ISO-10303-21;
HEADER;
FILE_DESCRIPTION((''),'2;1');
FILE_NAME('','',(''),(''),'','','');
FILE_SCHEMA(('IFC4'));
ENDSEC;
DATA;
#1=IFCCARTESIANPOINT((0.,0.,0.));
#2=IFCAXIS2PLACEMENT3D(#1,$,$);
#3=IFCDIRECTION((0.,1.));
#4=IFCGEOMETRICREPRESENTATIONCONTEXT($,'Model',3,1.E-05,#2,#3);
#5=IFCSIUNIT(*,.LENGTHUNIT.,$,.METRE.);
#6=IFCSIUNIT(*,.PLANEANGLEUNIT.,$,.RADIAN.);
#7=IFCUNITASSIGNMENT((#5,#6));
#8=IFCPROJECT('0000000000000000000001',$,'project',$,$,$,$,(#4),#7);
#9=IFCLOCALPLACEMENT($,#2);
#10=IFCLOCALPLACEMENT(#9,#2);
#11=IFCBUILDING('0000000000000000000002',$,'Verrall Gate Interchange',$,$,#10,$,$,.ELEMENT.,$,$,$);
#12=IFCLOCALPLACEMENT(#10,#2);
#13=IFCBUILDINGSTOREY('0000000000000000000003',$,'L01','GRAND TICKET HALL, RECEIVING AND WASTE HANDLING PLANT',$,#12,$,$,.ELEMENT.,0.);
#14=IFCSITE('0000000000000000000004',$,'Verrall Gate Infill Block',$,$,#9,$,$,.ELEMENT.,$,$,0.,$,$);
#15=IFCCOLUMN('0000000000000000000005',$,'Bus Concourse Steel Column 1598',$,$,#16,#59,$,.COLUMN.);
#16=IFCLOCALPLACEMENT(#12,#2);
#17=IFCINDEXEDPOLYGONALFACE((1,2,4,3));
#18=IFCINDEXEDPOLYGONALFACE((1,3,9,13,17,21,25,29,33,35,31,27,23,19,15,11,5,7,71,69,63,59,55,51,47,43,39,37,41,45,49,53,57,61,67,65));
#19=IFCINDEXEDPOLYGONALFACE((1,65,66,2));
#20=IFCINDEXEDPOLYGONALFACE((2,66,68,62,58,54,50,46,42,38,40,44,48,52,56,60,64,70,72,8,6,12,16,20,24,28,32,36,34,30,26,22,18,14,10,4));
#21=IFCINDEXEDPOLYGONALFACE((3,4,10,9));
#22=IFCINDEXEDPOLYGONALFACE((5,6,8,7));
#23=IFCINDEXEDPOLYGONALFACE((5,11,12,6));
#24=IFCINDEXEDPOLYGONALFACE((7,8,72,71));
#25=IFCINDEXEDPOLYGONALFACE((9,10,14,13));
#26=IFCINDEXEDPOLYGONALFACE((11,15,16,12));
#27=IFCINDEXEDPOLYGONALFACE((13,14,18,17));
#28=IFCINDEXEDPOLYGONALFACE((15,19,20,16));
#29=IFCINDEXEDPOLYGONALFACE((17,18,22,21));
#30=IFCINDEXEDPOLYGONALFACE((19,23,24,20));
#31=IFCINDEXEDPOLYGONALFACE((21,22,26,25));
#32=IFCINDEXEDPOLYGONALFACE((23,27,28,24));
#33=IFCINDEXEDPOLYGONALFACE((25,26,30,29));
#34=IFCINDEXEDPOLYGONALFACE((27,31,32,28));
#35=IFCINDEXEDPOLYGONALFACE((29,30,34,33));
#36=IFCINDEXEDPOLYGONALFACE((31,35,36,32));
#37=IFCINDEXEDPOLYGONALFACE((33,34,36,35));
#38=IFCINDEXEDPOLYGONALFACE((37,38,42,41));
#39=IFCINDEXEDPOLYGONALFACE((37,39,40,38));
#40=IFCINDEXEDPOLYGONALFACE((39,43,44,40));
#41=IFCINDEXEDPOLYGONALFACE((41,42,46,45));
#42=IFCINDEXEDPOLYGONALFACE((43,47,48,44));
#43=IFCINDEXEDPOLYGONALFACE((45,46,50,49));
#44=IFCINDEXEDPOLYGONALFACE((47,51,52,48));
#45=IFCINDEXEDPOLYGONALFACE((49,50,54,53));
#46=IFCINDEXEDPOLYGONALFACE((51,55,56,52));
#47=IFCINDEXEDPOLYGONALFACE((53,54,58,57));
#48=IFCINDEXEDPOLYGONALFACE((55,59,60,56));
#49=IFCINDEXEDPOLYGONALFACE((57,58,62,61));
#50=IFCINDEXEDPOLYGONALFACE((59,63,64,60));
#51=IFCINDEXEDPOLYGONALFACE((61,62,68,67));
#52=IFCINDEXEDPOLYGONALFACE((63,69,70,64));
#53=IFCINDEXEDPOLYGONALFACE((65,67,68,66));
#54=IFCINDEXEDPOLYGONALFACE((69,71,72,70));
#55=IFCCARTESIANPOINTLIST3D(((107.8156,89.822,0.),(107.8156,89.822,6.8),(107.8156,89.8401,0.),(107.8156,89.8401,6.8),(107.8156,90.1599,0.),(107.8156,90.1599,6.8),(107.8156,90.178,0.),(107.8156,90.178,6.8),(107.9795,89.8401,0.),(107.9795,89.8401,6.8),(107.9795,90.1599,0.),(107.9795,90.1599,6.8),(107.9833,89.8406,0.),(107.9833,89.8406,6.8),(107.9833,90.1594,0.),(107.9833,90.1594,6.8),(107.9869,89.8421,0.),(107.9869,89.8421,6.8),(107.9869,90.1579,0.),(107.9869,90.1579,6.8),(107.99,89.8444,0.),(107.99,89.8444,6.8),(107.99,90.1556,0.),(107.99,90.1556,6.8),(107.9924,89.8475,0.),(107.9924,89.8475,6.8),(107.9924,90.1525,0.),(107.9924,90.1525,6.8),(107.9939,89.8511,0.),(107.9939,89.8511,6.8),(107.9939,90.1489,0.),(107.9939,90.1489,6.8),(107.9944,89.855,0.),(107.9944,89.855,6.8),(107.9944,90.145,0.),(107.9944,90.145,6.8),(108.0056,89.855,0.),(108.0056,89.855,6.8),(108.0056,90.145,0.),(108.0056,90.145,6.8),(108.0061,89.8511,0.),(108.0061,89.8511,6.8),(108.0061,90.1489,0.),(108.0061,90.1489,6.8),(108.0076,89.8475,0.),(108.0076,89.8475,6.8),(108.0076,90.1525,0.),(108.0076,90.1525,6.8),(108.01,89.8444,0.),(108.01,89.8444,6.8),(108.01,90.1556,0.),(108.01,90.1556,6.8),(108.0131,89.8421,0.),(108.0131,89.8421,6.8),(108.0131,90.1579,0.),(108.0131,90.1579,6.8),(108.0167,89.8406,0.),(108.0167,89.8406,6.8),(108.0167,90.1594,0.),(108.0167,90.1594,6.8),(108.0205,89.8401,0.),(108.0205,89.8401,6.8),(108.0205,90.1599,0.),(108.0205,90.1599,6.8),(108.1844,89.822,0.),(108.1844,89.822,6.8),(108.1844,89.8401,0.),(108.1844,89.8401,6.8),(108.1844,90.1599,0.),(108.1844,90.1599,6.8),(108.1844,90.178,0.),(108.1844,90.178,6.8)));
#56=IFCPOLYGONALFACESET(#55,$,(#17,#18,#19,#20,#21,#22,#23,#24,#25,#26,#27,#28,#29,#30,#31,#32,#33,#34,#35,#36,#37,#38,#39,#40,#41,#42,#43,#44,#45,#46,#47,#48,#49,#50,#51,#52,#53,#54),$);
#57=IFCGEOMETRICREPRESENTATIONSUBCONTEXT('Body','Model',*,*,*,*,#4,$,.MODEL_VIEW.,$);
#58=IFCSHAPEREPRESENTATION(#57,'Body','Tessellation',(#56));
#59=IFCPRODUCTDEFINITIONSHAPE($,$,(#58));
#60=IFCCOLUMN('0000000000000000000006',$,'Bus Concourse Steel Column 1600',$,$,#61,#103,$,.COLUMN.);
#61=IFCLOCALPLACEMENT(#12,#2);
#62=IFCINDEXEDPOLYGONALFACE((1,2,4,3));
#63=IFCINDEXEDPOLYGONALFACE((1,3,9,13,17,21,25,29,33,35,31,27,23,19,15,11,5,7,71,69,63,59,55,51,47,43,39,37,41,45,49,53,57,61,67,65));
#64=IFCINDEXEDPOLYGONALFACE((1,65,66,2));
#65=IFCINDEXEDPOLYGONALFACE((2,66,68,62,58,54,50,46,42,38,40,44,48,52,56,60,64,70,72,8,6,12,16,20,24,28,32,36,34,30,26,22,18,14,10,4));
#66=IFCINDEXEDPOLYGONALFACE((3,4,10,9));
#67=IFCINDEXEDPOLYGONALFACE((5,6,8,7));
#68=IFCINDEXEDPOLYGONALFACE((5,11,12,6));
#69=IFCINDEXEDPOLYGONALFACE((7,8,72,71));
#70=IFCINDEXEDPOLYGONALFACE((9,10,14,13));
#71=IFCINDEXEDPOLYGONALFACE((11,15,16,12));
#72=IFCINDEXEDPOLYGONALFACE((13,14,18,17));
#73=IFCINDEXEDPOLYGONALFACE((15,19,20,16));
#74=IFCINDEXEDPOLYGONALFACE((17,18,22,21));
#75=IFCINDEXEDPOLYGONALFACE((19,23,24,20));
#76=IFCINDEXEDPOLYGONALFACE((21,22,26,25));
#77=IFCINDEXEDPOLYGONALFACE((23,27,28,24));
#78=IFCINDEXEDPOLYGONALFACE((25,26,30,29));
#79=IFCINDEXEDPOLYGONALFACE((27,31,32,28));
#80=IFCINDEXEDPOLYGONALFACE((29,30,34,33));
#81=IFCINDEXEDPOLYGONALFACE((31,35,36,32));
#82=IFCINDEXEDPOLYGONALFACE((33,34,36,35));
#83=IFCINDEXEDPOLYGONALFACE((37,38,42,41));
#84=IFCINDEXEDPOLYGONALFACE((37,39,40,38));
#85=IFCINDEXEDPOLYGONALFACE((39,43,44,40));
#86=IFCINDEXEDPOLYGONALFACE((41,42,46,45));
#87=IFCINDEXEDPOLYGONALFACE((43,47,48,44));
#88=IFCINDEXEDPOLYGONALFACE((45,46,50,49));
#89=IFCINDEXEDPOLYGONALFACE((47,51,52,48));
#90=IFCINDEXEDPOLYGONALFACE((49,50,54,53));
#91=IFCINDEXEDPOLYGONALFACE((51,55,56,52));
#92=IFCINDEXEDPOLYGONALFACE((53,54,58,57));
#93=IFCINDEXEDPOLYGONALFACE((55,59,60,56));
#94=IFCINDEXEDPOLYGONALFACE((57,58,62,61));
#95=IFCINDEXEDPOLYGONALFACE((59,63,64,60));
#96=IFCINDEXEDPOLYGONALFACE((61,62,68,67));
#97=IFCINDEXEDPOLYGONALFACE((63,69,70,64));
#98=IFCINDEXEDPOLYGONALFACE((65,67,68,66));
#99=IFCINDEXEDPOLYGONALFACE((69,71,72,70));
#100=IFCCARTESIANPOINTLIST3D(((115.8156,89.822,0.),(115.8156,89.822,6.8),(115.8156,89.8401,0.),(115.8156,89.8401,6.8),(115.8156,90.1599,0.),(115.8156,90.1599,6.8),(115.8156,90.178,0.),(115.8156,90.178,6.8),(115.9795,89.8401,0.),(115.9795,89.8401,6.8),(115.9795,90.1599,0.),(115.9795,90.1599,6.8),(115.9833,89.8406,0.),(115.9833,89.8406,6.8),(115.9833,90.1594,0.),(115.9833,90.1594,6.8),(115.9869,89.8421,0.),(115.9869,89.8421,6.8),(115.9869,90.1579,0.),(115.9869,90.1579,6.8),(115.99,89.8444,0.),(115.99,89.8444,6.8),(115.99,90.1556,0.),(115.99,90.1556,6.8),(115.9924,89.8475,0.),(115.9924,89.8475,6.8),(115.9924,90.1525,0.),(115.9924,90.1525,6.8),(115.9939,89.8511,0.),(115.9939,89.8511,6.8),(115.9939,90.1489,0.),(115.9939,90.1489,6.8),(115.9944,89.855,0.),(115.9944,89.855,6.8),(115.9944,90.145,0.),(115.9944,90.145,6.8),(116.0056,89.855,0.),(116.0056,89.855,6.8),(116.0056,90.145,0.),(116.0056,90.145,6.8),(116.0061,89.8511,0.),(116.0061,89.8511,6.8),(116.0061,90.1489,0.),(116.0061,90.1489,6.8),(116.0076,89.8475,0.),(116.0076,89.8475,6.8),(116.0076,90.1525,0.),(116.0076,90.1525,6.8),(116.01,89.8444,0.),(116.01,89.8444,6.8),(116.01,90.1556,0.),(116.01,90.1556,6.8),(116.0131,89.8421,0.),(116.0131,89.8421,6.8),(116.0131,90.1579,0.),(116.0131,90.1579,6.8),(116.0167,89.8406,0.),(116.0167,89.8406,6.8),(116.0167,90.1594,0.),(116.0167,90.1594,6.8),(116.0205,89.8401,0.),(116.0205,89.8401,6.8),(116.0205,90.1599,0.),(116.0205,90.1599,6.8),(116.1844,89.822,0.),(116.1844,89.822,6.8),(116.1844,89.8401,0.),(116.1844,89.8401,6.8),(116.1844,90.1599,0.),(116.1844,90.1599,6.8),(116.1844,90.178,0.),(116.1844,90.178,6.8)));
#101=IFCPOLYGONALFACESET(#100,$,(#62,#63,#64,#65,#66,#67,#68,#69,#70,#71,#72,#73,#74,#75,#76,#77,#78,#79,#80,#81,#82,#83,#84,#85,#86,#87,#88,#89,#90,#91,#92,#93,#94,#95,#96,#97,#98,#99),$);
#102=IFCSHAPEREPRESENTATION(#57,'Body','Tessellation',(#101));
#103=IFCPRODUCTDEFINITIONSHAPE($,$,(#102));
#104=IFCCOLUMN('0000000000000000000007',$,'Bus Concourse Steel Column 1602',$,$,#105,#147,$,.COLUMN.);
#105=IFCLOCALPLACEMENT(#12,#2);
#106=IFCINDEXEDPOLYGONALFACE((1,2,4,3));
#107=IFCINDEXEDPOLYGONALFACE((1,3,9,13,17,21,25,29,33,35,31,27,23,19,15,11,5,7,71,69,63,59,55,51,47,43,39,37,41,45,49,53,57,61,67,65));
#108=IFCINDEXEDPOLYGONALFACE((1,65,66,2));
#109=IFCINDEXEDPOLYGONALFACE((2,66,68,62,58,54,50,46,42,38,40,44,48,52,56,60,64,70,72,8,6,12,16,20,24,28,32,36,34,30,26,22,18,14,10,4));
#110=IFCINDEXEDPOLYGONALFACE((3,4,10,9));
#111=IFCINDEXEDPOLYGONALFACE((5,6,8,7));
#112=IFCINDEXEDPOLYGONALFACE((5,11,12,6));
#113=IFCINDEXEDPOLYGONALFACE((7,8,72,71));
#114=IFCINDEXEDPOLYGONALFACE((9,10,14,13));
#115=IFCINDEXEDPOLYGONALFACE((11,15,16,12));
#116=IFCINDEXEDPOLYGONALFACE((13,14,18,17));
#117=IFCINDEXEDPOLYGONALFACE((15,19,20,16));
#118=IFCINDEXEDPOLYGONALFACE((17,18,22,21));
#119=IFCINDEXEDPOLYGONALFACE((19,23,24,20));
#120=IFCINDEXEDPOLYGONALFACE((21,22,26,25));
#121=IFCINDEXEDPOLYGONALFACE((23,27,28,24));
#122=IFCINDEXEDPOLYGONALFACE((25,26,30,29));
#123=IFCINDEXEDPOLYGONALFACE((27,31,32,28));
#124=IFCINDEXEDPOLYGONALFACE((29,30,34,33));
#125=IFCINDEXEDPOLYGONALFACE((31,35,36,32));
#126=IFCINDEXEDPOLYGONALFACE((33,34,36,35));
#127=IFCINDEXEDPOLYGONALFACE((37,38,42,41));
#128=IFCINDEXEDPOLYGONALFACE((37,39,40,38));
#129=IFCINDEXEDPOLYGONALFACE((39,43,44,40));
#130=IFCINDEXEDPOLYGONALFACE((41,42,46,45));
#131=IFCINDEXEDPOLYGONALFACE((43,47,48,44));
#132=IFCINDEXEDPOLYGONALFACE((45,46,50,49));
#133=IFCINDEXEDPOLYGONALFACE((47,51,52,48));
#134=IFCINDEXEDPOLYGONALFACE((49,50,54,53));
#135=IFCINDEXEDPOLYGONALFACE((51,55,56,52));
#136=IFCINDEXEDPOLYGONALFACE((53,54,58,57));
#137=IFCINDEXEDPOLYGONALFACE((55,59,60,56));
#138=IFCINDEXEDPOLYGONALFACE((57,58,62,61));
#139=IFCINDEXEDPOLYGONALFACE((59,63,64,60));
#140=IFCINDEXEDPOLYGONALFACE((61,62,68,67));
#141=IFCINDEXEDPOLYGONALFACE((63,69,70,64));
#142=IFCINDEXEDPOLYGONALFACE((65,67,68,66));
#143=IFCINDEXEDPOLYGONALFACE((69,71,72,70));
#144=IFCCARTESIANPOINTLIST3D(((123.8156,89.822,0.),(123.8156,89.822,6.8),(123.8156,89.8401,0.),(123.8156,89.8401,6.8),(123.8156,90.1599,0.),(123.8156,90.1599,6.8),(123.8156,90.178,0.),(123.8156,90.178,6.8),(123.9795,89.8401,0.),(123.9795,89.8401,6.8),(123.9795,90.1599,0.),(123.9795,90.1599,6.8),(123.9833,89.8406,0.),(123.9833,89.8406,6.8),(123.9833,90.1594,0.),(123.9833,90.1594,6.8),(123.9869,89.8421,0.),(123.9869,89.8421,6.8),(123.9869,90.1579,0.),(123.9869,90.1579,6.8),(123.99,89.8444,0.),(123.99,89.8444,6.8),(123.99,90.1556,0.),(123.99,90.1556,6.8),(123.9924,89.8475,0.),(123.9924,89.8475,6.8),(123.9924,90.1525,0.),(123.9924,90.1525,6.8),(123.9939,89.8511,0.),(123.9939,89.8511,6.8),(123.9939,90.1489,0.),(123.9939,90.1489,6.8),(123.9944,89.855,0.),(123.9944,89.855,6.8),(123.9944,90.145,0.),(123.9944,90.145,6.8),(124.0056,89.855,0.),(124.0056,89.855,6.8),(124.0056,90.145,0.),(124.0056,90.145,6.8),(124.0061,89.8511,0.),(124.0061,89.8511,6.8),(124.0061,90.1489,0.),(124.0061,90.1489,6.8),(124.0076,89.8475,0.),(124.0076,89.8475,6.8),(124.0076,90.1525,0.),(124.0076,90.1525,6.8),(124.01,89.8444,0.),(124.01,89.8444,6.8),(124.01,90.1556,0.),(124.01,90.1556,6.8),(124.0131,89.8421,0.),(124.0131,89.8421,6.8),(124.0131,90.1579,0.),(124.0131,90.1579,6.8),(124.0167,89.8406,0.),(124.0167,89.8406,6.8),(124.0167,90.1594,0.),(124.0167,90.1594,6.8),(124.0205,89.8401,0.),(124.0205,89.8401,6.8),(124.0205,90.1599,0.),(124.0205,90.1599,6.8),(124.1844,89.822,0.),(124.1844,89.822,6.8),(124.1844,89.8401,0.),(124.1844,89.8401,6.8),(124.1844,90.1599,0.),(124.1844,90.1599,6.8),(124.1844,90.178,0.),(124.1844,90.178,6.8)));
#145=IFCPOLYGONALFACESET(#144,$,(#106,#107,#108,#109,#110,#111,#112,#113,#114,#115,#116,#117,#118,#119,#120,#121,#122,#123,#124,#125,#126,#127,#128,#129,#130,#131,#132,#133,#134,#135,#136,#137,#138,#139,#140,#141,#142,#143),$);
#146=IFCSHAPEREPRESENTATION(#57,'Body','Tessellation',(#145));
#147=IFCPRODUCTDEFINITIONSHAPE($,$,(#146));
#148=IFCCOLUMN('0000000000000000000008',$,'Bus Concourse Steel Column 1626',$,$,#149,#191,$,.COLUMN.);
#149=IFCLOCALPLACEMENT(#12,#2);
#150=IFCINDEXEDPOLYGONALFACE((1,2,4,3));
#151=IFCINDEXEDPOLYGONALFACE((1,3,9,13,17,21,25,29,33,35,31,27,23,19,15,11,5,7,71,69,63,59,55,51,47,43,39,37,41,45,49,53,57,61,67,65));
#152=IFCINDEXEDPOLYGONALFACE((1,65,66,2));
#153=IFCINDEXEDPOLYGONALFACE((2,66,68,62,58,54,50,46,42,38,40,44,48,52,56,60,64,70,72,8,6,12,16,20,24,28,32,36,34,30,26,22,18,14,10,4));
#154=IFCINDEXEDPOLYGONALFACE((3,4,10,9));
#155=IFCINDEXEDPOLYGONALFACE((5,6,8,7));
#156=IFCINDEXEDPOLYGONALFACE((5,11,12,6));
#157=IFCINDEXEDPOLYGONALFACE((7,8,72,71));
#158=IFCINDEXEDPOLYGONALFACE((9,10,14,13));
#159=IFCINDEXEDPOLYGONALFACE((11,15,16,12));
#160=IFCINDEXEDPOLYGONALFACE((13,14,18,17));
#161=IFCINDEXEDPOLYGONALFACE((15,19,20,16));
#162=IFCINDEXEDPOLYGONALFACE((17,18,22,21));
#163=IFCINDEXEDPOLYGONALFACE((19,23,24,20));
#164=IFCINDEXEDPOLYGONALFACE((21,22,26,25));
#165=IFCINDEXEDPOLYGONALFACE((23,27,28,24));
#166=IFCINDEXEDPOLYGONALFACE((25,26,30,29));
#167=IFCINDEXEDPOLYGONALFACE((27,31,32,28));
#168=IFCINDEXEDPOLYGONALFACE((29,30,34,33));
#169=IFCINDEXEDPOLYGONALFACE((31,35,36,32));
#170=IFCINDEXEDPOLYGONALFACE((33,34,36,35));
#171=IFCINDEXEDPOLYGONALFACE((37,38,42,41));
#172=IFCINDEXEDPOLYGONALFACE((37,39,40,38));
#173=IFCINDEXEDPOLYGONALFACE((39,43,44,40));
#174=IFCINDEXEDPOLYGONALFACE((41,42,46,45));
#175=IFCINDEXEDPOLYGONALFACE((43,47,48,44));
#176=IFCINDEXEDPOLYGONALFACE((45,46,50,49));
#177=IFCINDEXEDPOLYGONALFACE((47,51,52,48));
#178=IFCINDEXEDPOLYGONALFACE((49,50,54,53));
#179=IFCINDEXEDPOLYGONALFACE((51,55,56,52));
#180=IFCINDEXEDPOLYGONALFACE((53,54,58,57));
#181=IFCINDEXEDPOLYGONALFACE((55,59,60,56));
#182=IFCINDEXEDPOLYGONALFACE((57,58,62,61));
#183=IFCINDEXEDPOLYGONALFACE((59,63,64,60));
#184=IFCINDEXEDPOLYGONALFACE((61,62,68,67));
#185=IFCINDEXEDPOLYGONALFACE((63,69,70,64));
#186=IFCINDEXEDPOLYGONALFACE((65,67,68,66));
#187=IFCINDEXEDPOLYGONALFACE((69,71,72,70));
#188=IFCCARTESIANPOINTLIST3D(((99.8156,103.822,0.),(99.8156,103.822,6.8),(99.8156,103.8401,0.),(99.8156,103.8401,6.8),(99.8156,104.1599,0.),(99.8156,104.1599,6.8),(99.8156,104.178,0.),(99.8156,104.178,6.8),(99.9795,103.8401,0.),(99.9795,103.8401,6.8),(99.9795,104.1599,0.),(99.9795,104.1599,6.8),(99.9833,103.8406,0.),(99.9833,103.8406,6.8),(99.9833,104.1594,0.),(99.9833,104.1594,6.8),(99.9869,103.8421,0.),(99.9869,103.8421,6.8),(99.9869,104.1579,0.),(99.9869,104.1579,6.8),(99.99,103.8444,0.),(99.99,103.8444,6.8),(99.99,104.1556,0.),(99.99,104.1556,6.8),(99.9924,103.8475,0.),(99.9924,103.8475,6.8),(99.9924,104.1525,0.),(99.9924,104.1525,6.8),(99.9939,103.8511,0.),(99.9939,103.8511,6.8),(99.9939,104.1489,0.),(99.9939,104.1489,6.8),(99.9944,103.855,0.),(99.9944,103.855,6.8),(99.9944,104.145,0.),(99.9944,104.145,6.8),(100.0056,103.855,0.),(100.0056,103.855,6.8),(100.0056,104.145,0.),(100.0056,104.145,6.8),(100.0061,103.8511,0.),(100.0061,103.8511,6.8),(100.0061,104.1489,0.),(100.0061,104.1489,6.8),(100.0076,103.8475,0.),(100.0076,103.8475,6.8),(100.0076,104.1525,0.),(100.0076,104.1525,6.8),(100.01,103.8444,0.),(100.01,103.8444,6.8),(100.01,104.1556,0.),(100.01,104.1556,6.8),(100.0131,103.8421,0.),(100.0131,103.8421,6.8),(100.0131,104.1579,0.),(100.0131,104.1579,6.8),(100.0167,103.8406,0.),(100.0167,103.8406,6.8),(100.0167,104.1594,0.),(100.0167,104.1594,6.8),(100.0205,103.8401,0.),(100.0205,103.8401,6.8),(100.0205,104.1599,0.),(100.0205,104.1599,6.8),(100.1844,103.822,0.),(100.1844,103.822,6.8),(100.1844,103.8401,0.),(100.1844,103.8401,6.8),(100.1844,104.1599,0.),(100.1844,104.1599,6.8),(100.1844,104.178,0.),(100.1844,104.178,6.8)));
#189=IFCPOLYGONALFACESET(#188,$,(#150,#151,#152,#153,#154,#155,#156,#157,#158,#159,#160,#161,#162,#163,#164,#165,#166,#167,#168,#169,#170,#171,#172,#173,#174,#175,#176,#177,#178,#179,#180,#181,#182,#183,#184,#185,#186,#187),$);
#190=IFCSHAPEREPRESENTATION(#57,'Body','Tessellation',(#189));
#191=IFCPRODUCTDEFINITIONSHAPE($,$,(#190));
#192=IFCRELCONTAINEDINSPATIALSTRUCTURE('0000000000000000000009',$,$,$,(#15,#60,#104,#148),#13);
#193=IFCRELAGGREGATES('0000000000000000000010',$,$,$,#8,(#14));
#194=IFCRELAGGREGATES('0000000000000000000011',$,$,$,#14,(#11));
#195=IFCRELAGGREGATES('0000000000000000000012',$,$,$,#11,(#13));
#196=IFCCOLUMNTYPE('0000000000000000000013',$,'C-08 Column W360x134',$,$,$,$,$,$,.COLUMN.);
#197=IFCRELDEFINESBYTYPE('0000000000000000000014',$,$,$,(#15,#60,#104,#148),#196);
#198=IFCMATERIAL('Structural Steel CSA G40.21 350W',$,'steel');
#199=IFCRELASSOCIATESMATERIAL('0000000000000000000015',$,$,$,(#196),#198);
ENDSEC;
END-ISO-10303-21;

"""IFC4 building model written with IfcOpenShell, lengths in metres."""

from ifc_helpers import new_model, si_unit, direction, frame, origin, origin_2d, place, context, subcontext, project, spatial, i_section, extrude, material, material_profile, profile_set, type_object, element, save


model = new_model("IFC4")

# Units and contexts
model_context = context("Model", 3, precision=1e-05, world=origin(), true_north=direction((0.0, 1.0)))
body_context = subcontext(model_context, "Body", "Model", "MODEL_VIEW")
ifc_project = project(units=[si_unit("LENGTHUNIT", "METRE"), si_unit("PLANEANGLEUNIT", "RADIAN")], contexts=[model_context])

# Site, building, storey
site_placement = place(None, origin())
site = spatial("IfcSite", under=ifc_project, at=site_placement, Name="Verrall Gate Infill Block", CompositionType="ELEMENT", RefElevation=0.0)
building_placement = place(site_placement, origin())
building = spatial("IfcBuilding", under=site, at=building_placement, Name="Verrall Gate Interchange", CompositionType="ELEMENT")
storey_placement = place(building_placement, origin())
storey = spatial("IfcBuildingStorey", under=building, at=storey_placement, Name="L01", Description="GRAND TICKET HALL, RECEIVING AND WASTE HANDLING PLANT", CompositionType="ELEMENT", Elevation=0.0)

# Columns
ifc_material_1 = material(Name="Structural Steel CSA G40.21 350W", Category="steel")
ifc_material_profile = material_profile(ifc_material_1, i_section(OverallWidth=0.3689, OverallDepth=0.356, WebThickness=0.0112, FlangeThickness=0.0181, FilletRadius=0.0149, at=origin_2d()), Name="W360x134")
ifc_profile_set = profile_set([ifc_material_profile], Name="Structural Steel CSA G40.21 350W")
column_type = type_object("IfcColumnType", Name="C-08 Column W360x134", PredefinedType="COLUMN", material=ifc_profile_set)
for number, where, z_axis, x_axis, name in (
    (1, (108.0, 90.0, 0.0), (0.0, 0.0, 1.0), (1.0, 0.0, 0.0), "Bus Concourse Steel Column 1598"),
    (2, (116.0, 90.0, 0.0), (0.0, 0.0, 1.0), (1.0, 0.0, 0.0), "Bus Concourse Steel Column 1600"),
    (3, (124.0, 90.0, 0.0), (0.0, 0.0, 1.0), (1.0, 0.0, 0.0), "Bus Concourse Steel Column 1602"),
    (4, (100.0, 104.0, 0.0), (0.0, 0.0, 1.0), (1.0, 0.0, 0.0), "Bus Concourse Steel Column 1626"),
):
    element("IfcColumn", number, at=place(storey_placement, frame(where, z_axis=z_axis, x_axis=x_axis)), inside=storey, type_object=column_type, Name=name, PredefinedType="COLUMN", context=body_context, shape_type="SweptSolid", body=[
        extrude(i_section(OverallWidth=0.3689, OverallDepth=0.356, WebThickness=0.0112, FlangeThickness=0.0181, FilletRadius=0.0149, at=origin_2d()), origin(), (0.0, 0.0, 1.0), 6.8),
    ])

save(model, "model.ifc")
